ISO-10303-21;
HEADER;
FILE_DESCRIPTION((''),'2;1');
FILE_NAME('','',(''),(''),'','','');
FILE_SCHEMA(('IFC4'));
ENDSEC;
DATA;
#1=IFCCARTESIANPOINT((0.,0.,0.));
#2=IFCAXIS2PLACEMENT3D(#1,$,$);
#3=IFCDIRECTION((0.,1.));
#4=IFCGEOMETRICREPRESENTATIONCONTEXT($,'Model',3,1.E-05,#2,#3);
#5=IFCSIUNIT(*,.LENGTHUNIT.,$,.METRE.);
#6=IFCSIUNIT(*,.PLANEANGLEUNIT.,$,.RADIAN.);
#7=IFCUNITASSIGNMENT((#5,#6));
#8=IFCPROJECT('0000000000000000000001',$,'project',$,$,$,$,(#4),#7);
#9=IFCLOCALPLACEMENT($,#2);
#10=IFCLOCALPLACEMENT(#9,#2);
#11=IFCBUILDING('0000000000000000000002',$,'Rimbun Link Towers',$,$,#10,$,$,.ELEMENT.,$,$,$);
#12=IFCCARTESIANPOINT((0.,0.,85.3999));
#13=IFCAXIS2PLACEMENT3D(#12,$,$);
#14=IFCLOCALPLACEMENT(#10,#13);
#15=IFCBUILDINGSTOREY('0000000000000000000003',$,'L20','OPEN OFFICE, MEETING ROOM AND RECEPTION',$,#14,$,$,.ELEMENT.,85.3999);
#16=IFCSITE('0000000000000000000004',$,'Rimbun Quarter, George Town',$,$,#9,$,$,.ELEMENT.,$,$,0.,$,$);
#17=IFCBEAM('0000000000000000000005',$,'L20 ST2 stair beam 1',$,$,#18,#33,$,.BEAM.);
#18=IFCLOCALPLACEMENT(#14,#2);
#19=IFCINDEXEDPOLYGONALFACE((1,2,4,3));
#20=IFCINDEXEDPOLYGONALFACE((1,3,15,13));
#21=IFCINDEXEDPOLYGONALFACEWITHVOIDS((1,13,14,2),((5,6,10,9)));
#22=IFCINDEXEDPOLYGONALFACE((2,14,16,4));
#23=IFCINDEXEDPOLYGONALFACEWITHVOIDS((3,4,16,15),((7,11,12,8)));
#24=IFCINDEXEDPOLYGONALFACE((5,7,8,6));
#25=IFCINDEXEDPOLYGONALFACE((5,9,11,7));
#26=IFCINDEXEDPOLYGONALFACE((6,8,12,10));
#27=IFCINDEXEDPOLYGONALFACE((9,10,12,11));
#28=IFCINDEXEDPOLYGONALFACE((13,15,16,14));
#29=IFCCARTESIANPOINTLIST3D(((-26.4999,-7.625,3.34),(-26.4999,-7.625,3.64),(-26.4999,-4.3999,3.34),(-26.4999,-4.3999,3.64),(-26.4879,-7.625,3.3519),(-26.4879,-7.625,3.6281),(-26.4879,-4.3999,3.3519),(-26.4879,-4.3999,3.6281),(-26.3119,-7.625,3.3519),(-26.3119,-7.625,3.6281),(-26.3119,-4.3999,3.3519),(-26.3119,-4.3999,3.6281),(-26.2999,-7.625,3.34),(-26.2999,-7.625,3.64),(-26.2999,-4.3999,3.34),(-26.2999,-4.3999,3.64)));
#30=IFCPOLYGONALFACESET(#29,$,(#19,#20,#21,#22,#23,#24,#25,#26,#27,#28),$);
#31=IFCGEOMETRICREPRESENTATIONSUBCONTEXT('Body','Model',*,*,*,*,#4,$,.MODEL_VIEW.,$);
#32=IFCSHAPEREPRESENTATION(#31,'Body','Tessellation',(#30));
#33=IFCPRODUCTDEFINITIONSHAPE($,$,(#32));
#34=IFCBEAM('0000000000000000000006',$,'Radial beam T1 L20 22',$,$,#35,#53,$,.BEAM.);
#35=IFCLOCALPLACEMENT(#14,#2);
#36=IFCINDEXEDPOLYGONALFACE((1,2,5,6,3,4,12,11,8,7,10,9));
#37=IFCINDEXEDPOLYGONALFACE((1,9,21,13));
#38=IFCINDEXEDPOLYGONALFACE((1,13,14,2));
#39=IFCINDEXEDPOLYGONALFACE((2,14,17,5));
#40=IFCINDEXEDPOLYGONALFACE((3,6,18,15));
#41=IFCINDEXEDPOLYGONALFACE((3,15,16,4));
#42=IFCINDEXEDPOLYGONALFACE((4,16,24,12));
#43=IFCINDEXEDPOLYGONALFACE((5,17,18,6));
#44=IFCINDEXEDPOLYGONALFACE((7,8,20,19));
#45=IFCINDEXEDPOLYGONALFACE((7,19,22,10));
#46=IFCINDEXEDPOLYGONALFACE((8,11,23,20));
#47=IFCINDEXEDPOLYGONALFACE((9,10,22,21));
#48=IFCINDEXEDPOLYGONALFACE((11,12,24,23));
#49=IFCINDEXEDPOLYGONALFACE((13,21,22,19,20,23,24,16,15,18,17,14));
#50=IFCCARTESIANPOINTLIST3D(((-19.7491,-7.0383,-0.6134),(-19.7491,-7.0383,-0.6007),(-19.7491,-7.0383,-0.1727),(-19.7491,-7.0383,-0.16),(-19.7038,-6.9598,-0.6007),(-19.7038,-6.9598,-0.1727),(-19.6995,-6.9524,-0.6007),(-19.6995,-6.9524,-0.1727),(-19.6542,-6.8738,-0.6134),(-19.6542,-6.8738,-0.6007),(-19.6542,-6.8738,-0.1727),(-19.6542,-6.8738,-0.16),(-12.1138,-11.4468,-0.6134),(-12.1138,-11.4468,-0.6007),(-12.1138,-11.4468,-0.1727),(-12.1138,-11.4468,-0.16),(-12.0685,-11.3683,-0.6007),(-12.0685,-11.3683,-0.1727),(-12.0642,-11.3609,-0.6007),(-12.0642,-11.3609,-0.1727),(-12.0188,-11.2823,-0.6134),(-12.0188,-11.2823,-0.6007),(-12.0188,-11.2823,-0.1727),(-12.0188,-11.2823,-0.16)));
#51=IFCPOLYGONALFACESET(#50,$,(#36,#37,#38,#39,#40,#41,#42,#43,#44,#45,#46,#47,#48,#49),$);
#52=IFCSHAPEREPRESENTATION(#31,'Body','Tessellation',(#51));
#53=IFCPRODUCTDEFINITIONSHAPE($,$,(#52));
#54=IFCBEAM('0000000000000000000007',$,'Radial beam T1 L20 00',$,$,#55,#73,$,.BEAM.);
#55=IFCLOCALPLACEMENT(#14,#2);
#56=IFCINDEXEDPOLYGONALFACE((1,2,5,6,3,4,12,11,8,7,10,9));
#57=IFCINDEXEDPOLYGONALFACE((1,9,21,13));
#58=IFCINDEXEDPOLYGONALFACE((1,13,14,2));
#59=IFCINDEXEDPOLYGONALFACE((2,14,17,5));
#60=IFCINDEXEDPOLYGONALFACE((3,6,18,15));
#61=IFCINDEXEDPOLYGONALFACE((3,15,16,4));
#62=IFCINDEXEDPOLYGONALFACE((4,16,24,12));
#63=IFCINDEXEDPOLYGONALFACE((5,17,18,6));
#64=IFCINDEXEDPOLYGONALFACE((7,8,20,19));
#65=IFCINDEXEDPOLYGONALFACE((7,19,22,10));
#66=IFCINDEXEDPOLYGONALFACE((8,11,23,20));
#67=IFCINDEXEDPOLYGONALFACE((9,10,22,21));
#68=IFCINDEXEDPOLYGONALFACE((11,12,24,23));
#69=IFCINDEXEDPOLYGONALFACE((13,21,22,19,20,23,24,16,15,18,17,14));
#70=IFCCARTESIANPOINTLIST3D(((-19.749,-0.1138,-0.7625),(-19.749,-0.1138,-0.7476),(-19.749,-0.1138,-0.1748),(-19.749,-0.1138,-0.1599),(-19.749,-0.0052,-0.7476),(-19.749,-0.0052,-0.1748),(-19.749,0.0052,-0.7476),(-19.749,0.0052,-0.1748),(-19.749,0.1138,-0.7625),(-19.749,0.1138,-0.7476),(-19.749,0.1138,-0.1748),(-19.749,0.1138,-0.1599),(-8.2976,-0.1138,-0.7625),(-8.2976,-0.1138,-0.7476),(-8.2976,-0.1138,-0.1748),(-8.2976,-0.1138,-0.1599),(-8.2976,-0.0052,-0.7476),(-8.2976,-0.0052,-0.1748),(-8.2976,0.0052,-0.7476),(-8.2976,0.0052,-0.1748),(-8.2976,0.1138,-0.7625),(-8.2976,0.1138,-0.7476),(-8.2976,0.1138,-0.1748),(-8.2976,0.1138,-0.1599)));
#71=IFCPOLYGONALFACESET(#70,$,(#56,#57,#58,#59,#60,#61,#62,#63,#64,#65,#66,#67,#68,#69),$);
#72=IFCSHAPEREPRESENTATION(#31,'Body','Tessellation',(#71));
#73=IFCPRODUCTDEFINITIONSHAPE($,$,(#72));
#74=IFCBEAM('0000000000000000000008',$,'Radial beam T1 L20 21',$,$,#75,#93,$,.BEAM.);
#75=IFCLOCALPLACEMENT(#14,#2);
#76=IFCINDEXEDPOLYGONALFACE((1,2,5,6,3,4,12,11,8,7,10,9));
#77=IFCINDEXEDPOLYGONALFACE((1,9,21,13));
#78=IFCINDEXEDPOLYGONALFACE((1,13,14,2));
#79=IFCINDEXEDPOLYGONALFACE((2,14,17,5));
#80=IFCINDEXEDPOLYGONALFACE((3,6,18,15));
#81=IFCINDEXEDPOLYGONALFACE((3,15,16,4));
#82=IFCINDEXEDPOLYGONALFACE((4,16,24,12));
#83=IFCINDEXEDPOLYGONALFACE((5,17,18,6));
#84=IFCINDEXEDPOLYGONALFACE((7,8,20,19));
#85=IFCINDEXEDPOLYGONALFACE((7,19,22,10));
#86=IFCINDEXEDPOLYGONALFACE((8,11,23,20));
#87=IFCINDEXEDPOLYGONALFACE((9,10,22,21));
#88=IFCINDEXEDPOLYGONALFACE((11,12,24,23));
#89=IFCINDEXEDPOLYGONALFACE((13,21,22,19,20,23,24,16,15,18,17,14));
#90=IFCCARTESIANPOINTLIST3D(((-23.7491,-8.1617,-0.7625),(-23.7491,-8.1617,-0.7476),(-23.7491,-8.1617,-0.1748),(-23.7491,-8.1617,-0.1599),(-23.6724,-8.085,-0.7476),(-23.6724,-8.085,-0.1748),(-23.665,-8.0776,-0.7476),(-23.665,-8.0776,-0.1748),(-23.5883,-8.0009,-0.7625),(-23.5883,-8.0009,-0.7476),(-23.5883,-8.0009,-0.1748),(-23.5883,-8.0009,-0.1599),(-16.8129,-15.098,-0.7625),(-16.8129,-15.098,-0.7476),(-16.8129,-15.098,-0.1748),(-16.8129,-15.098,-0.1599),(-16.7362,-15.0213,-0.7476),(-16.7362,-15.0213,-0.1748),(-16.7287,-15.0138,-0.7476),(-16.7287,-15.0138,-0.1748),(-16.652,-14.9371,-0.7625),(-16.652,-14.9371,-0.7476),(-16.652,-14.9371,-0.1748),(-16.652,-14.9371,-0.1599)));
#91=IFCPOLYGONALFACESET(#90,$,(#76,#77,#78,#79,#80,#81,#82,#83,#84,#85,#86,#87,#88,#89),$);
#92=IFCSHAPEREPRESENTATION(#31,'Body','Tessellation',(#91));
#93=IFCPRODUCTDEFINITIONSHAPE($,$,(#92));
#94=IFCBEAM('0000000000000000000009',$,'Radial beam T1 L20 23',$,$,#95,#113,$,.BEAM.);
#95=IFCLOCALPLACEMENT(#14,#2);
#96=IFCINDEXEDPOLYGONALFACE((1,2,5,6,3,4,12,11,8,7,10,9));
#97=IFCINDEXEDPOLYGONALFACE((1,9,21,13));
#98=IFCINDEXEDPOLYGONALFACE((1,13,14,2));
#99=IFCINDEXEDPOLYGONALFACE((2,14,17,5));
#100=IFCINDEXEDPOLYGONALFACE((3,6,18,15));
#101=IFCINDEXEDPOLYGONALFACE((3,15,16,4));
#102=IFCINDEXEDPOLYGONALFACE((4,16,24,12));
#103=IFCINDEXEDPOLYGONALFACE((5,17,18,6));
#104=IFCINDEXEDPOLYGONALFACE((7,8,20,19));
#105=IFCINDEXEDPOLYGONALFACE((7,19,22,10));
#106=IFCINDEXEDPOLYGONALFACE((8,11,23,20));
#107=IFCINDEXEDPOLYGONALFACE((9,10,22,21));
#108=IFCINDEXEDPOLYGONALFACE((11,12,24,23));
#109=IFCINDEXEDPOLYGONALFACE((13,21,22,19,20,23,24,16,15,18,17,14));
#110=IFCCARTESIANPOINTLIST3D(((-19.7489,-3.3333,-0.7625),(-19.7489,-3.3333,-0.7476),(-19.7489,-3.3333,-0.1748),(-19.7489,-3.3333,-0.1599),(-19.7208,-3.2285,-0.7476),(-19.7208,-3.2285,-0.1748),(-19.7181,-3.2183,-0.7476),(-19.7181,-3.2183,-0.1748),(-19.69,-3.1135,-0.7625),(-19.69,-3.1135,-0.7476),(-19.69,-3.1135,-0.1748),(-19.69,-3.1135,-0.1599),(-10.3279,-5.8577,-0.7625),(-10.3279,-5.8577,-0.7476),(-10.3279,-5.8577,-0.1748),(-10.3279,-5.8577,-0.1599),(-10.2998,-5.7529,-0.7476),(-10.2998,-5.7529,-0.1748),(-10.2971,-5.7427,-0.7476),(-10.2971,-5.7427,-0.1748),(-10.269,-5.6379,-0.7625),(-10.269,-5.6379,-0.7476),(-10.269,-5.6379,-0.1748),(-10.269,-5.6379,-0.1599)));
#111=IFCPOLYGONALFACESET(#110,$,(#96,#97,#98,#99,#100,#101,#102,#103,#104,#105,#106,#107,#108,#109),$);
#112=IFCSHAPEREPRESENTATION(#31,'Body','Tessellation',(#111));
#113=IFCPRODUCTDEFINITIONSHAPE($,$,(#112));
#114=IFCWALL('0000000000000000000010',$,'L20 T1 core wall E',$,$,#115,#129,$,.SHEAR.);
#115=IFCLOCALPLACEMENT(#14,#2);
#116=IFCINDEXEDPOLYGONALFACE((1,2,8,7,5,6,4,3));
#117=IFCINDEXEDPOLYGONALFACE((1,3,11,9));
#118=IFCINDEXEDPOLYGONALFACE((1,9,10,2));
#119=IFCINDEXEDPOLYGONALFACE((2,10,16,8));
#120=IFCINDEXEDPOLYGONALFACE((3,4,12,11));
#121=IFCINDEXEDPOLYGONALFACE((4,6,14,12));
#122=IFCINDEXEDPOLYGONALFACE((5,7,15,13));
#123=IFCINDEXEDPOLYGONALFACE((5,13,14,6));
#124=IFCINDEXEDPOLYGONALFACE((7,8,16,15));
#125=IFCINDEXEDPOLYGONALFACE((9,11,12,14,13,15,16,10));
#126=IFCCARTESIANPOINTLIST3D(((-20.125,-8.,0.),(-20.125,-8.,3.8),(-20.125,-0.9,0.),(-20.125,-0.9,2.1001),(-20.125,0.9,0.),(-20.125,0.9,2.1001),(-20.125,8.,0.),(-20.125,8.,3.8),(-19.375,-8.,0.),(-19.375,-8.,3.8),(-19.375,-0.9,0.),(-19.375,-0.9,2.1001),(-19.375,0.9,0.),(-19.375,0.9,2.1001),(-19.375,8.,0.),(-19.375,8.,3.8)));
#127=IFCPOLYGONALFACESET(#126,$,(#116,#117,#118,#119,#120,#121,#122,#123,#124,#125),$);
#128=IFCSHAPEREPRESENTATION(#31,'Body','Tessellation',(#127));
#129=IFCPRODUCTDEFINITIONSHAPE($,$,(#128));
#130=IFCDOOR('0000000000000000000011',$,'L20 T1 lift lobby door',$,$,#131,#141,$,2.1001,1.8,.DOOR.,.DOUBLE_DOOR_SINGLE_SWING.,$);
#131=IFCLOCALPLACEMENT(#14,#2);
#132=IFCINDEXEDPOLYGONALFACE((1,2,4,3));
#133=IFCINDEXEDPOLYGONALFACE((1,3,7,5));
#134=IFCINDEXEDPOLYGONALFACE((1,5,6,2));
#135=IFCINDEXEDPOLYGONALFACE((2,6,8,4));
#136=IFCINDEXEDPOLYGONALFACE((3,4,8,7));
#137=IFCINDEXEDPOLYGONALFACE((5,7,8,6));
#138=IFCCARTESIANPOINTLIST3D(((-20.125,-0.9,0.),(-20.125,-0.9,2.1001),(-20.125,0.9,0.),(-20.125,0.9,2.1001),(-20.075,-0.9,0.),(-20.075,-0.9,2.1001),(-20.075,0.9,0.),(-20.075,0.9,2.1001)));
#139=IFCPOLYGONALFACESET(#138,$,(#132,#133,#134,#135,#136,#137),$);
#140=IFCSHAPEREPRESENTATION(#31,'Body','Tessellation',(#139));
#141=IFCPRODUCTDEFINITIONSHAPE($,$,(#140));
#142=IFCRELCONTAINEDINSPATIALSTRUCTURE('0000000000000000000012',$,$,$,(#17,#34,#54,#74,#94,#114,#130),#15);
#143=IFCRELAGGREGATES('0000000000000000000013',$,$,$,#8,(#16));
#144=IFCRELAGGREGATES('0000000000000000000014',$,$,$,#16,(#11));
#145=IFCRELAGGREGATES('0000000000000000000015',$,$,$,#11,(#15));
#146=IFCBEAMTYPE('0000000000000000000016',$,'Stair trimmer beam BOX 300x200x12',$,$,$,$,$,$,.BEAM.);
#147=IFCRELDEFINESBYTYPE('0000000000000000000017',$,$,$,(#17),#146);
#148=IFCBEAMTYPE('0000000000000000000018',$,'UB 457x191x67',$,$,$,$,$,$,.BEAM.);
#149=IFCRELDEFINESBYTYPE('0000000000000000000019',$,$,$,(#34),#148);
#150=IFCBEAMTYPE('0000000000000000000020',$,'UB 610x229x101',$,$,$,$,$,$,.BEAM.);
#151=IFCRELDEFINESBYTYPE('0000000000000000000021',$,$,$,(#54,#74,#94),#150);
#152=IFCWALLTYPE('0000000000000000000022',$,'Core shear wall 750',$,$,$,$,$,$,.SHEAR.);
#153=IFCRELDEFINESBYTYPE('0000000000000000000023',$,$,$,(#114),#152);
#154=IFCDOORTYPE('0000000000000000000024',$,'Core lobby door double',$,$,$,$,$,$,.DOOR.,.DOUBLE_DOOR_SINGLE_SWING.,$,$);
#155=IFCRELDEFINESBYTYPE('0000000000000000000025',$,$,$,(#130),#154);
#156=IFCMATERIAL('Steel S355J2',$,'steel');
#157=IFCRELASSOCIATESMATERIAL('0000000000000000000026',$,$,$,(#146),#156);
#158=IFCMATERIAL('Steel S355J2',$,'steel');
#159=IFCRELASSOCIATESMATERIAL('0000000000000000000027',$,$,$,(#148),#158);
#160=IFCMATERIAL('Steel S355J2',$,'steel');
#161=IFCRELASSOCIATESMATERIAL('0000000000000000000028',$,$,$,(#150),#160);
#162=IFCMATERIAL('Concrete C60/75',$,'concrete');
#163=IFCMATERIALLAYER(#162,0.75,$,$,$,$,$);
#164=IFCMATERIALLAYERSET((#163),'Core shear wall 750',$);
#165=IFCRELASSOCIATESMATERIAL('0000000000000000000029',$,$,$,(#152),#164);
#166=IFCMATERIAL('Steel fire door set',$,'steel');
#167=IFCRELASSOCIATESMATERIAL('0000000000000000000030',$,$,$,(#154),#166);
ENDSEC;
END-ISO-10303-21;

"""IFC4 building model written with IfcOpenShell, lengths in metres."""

from ifc_helpers import new_model, si_unit, direction, frame, frame_2d, origin, origin_2d, place, context, subcontext, project, spatial, rectangle, hollow_rectangle, i_section, extrude, material, layer, layer_set, material_profile, profile_set, type_object, element, fill, save


model = new_model("IFC4")

# Units and contexts
model_context = context("Model", 3, precision=1e-05, world=origin(), true_north=direction((0.0, 1.0)))
body_context = subcontext(model_context, "Body", "Model", "MODEL_VIEW")
ifc_project = project(units=[si_unit("LENGTHUNIT", "METRE"), si_unit("PLANEANGLEUNIT", "RADIAN")], contexts=[model_context])

# Site, building, storey
site_placement = place(None, origin())
site = spatial("IfcSite", under=ifc_project, at=site_placement, Name="Rimbun Quarter, George Town", CompositionType="ELEMENT", RefElevation=0.0)
building_placement = place(site_placement, origin())
building = spatial("IfcBuilding", under=site, at=building_placement, Name="Rimbun Link Towers", CompositionType="ELEMENT")
storey_placement = place(building_placement, frame((0.0, 0.0, 85.3999)))
storey = spatial("IfcBuildingStorey", under=building, at=storey_placement, Name="L20", Description="OPEN OFFICE, MEETING ROOM AND RECEPTION", CompositionType="ELEMENT", Elevation=85.3999)

# Beams
ifc_material_1 = material(Name="Steel S355J2", Category="steel")
ifc_material_profile_1 = material_profile(ifc_material_1, hollow_rectangle(XDim=0.2, YDim=0.3, WallThickness=0.012, at=origin_2d()), Name="BOX 300x200x12")
ifc_profile_set_1 = profile_set([ifc_material_profile_1], Name="Steel S355J2")
beam_type_1 = type_object("IfcBeamType", Name="Stair trimmer beam BOX 300x200x12", PredefinedType="BEAM", material=ifc_profile_set_1)
beam_1_placement = place(storey_placement, frame((-26.3999, -7.625, 3.49), z_axis=(0.0, 1.0, 0.0), x_axis=(-1.0, 0.0, 0.0)))
element("IfcBeam", 1, at=beam_1_placement, inside=storey, type_object=beam_type_1, Name="L20 ST2 stair beam 1", PredefinedType="BEAM", context=body_context, shape_type="SweptSolid", body=[
    extrude(hollow_rectangle(XDim=0.2, YDim=0.3, WallThickness=0.012, at=origin_2d()), origin(), (0.0, 0.0, 1.0), 3.2251),
])
ifc_material_2 = material(Name="Steel S355J2", Category="steel")
ifc_material_profile_2 = material_profile(ifc_material_2, i_section(OverallWidth=0.1899, OverallDepth=0.4534, WebThickness=0.0085, FlangeThickness=0.0127, at=origin_2d()), Name="UB 457x191x67")
ifc_profile_set_2 = profile_set([ifc_material_profile_2], Name="Steel S355J2")
beam_type_2 = type_object("IfcBeamType", Name="UB 457x191x67", PredefinedType="BEAM", material=ifc_profile_set_2)
beam_2_placement = place(storey_placement, frame((-19.7017, -6.9561, -0.3867), z_axis=(0.866014, -0.50002, 0.0), x_axis=(0.50002, 0.866014, 0.0)))
element("IfcBeam", 2, at=beam_2_placement, inside=storey, type_object=beam_type_2, Name="Radial beam T1 L20 22", PredefinedType="BEAM", context=body_context, shape_type="SweptSolid", body=[
    extrude(i_section(OverallWidth=0.1899, OverallDepth=0.4534, WebThickness=0.0085, FlangeThickness=0.0127, at=origin_2d()), origin(), (0.0, 0.0, 1.0), 8.8167),
])
ifc_material_3 = material(Name="Steel S355J2", Category="steel")
ifc_material_profile_3 = material_profile(ifc_material_3, i_section(OverallWidth=0.2275, OverallDepth=0.6025, WebThickness=0.0105, FlangeThickness=0.0149, at=origin_2d()), Name="UB 610x229x101")
ifc_profile_set_3 = profile_set([ifc_material_profile_3], Name="Steel S355J2")
beam_type_3 = type_object("IfcBeamType", Name="UB 610x229x101", PredefinedType="BEAM", material=ifc_profile_set_3)
beam_3_placement = place(storey_placement, frame((-19.749, 0.0, -0.4612), z_axis=(1.0, 0.0, 0.0), x_axis=(0.0, 1.0, 0.0)))
element("IfcBeam", 3, at=beam_3_placement, inside=storey, type_object=beam_type_3, Name="Radial beam T1 L20 00", PredefinedType="BEAM", context=body_context, shape_type="SweptSolid", body=[
    extrude(i_section(OverallWidth=0.2275, OverallDepth=0.6025, WebThickness=0.0105, FlangeThickness=0.0149, at=origin_2d()), origin(), (0.0, 0.0, 1.0), 11.4514),
])
beam_4_placement = place(storey_placement, frame((-23.6687, -8.0813, -0.4612), z_axis=(0.707107, -0.707107, 0.0), x_axis=(0.707107, 0.707107, 0.0)))
element("IfcBeam", 4, at=beam_4_placement, inside=storey, type_object=beam_type_3, Name="Radial beam T1 L20 21", PredefinedType="BEAM", context=body_context, shape_type="SweptSolid", body=[
    extrude(i_section(OverallWidth=0.2275, OverallDepth=0.6025, WebThickness=0.0105, FlangeThickness=0.0149, at=origin_2d()), origin(), (0.0, 0.0, 1.0), 9.8093),
])
beam_5_placement = place(storey_placement, frame((-19.7195, -3.2234, -0.4612), z_axis=(0.965925, -0.258822, 0.0), x_axis=(0.258822, 0.965925, 0.0)))
element("IfcBeam", 5, at=beam_5_placement, inside=storey, type_object=beam_type_3, Name="Radial beam T1 L20 23", PredefinedType="BEAM", context=body_context, shape_type="SweptSolid", body=[
    extrude(i_section(OverallWidth=0.2275, OverallDepth=0.6025, WebThickness=0.0105, FlangeThickness=0.0149, at=origin_2d()), origin(), (0.0, 0.0, 1.0), 9.7534),
])

# Wall, opening, door
ifc_material_4 = material(Name="Concrete C60/75", Category="concrete")
ifc_layer_1 = layer(ifc_material_4, 0.75)
ifc_layer_set_1 = layer_set([ifc_layer_1], Name="Core shear wall 750")
wall_type_1 = type_object("IfcWallType", Name="Core shear wall 750", PredefinedType="SHEAR", material=ifc_layer_set_1)
wall_1_placement = place(storey_placement, frame((-19.75, -8.0, 0.0), z_axis=(0.0, 0.0, 1.0), x_axis=(0.0, 1.0, 0.0)))
wall_1 = element("IfcWall", 6, at=wall_1_placement, inside=storey, type_object=wall_type_1, Name="L20 T1 core wall E", PredefinedType="SHEAR", context=body_context, shape_type="SweptSolid", body=[
    extrude(rectangle(XDim=16.0, YDim=0.75, at=frame_2d((8.0, 0.0))), origin(), (0.0, 0.0, 1.0), 3.8),
])
opening_1_placement = place(wall_1_placement, frame((7.1001, 0.0, 0.0)))
opening_1 = element("IfcOpeningElement", 7, at=opening_1_placement, cuts=wall_1, PredefinedType="OPENING", context=body_context, shape_type="SweptSolid", body=[
    extrude(rectangle(XDim=1.8, YDim=2.1001, at=frame_2d((0.8999, 1.05))), frame((0.0, 0.385, 0.0), z_axis=(0.0, -1.0, 0.0), x_axis=(1.0, 0.0, 0.0)), (0.0, 0.0, 1.0), 0.77),
])
ifc_material_5 = material(Name="Steel fire door set", Category="steel")
door_type_1 = type_object("IfcDoorType", Name="Core lobby door double", OperationType="DOUBLE_DOOR_SINGLE_SWING", PredefinedType="DOOR", material=ifc_material_5)
door_1_placement = place(opening_1_placement, origin())
door_1 = element("IfcDoor", 8, at=door_1_placement, inside=storey, type_object=door_type_1, Name="L20 T1 lift lobby door", OperationType="DOUBLE_DOOR_SINGLE_SWING", OverallHeight=2.1001, OverallWidth=1.8, PredefinedType="DOOR", context=body_context, shape_type="SweptSolid", body=[
    extrude(rectangle(XDim=1.8, YDim=2.1001, at=frame_2d((0.8999, 1.05))), frame((0.0, 0.375, 0.0), z_axis=(0.0, -1.0, 0.0), x_axis=(1.0, 0.0, 0.0)), (0.0, 0.0, 1.0), 0.05),
])
fill(opening_1, door_1)

save(model, "model.ifc")
